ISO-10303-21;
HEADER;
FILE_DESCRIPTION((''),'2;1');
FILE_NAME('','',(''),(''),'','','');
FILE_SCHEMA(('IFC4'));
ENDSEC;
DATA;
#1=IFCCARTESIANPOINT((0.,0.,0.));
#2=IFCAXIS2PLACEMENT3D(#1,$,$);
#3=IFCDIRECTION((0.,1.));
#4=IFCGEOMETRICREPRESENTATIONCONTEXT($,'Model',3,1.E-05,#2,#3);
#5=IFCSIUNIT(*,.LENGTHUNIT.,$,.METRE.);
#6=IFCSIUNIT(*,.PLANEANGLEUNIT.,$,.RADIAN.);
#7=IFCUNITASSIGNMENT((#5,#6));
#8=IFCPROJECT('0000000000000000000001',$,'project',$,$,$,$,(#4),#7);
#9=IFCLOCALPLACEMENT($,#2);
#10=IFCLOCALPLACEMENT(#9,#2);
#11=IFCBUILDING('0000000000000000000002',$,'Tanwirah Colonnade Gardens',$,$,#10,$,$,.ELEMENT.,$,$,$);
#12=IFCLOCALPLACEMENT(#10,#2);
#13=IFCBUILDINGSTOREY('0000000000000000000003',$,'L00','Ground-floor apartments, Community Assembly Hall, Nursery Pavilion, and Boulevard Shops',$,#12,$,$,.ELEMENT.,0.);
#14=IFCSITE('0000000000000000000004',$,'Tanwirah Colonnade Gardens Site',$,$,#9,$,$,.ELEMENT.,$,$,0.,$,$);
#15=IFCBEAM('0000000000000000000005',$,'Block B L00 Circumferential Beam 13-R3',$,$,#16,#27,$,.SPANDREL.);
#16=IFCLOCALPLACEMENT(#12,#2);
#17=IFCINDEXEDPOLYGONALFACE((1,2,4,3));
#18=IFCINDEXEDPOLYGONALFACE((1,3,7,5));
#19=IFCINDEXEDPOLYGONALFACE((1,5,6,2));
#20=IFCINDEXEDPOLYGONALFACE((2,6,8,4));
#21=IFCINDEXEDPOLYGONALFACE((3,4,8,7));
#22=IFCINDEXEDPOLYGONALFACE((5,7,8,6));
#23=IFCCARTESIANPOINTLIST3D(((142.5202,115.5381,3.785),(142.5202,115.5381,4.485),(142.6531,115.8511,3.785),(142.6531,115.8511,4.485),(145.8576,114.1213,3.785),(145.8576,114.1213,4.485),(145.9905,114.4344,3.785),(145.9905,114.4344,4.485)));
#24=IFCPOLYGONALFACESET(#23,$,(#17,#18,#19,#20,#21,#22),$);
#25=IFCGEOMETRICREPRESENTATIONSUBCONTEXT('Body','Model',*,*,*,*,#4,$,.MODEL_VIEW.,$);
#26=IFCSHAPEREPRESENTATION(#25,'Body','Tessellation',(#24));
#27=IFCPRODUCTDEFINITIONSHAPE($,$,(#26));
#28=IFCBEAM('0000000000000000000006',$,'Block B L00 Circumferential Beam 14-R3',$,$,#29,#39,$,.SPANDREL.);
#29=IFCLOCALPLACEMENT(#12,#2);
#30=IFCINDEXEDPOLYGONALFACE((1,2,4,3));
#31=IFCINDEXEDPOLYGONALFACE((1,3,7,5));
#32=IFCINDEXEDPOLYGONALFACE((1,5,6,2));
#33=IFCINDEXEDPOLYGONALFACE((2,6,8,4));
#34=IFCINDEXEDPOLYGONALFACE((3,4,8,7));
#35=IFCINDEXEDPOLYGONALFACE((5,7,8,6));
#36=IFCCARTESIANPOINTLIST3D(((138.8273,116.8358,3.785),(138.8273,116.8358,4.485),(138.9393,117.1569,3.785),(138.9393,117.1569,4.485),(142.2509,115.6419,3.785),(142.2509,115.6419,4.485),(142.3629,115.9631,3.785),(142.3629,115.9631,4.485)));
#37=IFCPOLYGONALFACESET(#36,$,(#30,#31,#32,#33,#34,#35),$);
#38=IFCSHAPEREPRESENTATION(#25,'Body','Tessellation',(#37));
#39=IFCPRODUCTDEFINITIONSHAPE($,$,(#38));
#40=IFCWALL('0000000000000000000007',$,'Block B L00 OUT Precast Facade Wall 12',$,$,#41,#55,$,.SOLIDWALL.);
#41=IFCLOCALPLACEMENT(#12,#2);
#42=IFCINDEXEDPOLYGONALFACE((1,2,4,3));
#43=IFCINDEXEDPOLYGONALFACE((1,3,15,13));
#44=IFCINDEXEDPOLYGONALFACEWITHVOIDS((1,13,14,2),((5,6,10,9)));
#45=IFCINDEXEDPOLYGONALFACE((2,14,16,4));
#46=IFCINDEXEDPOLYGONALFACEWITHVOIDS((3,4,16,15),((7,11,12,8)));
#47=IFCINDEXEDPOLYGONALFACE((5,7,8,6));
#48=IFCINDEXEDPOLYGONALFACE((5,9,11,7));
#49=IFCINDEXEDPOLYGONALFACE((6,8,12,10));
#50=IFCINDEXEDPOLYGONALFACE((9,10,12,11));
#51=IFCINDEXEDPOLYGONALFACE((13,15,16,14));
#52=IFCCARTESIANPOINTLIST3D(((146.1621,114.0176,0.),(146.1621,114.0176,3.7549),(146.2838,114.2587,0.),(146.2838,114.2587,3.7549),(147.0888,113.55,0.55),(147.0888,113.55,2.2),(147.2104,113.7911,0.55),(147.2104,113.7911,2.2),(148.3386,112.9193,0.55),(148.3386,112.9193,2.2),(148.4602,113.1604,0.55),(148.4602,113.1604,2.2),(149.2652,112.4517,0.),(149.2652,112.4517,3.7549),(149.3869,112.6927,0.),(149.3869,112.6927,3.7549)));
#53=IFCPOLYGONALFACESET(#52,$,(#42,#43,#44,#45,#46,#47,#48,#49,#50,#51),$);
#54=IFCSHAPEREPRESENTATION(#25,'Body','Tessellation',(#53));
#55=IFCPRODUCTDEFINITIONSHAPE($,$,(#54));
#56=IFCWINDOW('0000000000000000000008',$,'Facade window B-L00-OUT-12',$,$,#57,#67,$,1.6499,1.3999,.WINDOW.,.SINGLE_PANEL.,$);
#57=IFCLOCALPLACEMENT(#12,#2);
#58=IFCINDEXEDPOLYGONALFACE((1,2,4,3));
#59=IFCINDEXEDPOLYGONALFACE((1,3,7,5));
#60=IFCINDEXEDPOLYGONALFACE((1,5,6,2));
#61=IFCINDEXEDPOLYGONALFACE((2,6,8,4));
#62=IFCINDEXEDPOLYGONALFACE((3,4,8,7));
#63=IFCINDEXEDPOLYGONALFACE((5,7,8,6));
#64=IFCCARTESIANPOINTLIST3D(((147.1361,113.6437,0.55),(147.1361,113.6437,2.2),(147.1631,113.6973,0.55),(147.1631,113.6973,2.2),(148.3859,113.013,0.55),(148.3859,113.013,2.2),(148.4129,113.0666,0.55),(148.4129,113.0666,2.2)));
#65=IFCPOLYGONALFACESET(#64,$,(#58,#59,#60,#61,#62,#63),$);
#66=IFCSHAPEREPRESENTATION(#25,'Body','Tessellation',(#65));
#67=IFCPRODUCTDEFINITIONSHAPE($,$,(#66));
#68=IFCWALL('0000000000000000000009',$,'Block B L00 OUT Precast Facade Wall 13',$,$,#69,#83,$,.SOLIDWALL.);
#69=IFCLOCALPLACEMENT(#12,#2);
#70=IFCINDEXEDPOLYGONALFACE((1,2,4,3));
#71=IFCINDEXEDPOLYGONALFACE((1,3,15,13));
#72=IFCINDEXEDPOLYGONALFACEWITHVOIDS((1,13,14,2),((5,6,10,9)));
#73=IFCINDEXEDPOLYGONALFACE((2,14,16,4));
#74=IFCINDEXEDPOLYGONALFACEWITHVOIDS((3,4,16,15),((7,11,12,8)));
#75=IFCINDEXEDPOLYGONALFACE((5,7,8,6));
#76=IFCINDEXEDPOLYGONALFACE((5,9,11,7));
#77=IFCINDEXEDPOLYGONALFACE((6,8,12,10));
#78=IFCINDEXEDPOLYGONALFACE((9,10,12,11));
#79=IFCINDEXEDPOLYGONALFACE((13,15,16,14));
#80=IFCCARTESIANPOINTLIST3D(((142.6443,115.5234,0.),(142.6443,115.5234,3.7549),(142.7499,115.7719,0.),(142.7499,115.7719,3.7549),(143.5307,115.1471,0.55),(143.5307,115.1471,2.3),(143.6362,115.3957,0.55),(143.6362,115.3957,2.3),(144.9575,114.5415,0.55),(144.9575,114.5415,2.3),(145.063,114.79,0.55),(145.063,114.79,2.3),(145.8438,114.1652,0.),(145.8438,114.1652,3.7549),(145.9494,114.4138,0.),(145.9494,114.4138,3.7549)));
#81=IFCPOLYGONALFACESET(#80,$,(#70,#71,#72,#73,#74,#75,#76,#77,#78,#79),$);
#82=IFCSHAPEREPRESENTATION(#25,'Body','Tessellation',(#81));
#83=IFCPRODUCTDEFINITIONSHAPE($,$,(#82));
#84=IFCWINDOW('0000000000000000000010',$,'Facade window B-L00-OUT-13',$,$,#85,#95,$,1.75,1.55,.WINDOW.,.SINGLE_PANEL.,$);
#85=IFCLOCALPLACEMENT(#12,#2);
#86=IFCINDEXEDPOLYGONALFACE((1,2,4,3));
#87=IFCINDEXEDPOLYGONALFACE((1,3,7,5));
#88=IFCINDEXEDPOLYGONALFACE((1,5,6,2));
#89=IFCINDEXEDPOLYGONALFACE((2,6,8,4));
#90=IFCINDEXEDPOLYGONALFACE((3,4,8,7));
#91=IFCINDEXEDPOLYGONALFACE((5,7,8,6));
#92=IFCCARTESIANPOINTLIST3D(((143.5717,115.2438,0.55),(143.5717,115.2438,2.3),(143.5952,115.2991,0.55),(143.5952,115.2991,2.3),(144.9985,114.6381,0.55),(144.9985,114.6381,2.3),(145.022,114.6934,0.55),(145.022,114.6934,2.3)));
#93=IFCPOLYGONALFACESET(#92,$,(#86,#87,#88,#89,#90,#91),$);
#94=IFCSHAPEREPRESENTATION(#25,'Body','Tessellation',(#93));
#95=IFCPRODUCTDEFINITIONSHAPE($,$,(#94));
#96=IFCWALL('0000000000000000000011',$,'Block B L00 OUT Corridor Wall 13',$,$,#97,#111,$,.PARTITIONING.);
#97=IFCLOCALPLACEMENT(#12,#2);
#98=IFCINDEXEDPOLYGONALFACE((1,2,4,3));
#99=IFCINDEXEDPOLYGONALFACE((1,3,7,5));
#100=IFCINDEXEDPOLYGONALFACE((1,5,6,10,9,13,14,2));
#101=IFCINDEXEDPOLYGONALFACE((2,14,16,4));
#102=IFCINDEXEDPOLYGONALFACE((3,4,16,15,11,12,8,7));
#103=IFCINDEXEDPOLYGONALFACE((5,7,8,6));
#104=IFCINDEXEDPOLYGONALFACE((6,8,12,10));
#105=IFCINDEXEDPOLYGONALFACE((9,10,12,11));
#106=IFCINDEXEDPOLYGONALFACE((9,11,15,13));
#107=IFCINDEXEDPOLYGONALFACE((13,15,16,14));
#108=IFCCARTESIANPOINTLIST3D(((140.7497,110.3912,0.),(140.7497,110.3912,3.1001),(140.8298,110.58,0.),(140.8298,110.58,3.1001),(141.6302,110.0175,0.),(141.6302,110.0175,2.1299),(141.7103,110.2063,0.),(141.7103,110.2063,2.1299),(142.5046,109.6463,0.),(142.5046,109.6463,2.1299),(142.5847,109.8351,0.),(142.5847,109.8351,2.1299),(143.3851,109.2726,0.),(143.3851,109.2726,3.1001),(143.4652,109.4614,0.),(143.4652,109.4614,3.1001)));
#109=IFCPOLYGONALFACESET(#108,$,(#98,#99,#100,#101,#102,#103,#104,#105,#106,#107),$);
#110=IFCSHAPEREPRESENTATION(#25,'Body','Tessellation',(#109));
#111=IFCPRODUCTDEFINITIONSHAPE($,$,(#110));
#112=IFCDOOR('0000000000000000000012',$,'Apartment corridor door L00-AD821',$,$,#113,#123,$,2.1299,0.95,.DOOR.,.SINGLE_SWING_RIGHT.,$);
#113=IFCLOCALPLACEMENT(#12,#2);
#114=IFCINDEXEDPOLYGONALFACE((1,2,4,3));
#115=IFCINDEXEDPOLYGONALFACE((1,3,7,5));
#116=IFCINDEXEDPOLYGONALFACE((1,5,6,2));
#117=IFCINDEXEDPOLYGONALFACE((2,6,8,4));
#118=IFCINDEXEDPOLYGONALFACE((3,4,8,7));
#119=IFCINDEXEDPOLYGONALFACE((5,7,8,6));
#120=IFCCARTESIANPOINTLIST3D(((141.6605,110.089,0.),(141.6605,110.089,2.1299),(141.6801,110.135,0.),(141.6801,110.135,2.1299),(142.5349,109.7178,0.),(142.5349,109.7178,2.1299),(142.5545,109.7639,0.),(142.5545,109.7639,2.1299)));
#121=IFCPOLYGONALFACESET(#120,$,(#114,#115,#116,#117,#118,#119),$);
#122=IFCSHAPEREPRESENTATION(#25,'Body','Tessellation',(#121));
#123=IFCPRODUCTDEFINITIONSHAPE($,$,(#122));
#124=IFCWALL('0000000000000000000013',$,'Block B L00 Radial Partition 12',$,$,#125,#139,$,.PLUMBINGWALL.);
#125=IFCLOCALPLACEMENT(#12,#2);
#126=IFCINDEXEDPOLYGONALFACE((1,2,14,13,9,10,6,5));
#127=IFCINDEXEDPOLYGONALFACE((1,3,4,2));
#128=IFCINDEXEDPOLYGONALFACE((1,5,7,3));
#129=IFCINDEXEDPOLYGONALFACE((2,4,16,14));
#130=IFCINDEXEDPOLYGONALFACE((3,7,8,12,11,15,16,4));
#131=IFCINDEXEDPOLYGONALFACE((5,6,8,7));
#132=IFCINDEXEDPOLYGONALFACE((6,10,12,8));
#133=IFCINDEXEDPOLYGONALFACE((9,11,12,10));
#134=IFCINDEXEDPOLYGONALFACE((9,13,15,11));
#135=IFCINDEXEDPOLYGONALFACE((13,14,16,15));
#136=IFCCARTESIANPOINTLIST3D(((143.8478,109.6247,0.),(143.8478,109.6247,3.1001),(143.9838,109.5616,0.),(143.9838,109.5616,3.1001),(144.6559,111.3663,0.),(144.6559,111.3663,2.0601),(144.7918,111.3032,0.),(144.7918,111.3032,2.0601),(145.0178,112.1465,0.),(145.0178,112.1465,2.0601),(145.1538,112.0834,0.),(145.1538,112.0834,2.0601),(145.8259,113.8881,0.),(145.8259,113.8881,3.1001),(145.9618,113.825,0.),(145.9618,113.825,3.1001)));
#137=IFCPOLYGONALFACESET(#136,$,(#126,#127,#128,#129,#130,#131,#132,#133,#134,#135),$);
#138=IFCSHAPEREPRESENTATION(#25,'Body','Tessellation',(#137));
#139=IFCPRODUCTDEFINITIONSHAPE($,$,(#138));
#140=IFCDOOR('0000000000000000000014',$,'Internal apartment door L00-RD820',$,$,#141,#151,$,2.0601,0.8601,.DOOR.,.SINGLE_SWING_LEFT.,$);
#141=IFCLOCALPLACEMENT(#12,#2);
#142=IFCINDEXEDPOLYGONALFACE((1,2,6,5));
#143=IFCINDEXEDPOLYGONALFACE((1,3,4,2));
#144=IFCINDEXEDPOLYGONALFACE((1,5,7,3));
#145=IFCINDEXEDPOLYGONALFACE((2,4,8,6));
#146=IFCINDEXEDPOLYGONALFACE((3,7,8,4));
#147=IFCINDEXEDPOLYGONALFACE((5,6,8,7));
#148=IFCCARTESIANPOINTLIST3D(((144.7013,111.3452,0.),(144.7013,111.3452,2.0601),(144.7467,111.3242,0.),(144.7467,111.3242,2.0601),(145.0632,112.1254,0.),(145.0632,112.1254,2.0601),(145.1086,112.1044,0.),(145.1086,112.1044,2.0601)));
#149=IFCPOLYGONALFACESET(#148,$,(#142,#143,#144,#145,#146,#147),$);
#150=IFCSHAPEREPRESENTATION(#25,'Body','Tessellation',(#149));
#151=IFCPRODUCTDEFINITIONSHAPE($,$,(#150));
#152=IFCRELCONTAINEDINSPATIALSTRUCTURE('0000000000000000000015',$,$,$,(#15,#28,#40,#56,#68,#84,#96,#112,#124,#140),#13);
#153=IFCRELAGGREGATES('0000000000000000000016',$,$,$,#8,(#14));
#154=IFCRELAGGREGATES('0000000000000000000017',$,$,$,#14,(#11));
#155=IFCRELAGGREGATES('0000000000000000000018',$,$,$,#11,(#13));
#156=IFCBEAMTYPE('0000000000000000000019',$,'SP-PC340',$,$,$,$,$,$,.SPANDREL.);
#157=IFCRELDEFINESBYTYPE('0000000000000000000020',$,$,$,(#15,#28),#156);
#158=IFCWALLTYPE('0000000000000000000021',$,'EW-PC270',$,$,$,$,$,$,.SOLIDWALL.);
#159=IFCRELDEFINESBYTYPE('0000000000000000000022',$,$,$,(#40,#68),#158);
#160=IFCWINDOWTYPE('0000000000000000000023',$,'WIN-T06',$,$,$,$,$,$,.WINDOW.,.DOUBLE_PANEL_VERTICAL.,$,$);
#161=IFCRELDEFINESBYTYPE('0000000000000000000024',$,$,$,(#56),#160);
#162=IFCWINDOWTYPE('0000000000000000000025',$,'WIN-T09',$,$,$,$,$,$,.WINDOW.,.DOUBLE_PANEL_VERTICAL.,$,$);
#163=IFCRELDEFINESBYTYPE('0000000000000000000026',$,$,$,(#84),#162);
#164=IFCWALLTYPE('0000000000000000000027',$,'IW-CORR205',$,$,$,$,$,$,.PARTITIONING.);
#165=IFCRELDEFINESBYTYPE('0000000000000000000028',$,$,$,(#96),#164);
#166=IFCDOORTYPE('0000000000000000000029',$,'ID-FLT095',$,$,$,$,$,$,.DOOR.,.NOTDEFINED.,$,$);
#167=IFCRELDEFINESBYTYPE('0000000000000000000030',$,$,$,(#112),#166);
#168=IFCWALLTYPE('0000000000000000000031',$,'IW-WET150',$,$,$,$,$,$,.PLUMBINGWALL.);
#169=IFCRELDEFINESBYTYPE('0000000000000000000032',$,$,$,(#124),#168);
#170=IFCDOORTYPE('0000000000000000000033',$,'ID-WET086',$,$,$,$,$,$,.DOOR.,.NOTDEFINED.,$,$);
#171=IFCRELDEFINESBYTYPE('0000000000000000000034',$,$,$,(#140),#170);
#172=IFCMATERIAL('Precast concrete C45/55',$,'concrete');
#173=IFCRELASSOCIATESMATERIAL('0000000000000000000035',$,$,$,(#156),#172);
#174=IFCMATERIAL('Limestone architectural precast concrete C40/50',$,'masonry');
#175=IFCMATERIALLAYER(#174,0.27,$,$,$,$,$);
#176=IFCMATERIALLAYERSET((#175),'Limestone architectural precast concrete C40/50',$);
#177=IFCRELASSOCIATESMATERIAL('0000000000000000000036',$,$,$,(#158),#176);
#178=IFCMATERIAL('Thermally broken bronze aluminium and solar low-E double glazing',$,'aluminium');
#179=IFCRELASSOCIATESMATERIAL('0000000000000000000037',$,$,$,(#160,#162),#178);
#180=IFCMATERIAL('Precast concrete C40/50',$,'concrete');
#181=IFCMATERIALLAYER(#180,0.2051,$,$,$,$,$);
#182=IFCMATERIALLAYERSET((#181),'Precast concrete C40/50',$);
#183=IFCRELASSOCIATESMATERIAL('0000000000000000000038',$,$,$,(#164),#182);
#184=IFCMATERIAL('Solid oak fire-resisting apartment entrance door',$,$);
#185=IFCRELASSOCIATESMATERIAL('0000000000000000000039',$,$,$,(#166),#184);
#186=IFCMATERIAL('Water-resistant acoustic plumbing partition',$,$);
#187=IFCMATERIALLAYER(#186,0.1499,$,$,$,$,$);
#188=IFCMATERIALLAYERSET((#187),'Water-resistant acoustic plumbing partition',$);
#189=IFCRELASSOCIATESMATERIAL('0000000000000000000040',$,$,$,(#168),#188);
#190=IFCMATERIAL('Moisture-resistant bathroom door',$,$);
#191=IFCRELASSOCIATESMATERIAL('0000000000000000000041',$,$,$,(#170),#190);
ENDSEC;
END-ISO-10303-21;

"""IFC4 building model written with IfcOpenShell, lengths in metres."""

from ifc_helpers import new_model, si_unit, direction, frame, frame_2d, origin, origin_2d, place, context, subcontext, project, spatial, rectangle, extrude, material, layer, layer_set, material_profile, profile_set, type_object, element, fill, save


model = new_model("IFC4")

# Units and contexts
model_context = context("Model", 3, precision=1e-05, world=origin(), true_north=direction((0.0, 1.0)))
body_context = subcontext(model_context, "Body", "Model", "MODEL_VIEW")
ifc_project = project(units=[si_unit("LENGTHUNIT", "METRE"), si_unit("PLANEANGLEUNIT", "RADIAN")], contexts=[model_context])

# Site, building, storey
site_placement = place(None, origin())
site = spatial("IfcSite", under=ifc_project, at=site_placement, Name="Tanwirah Colonnade Gardens Site", CompositionType="ELEMENT", RefElevation=0.0)
building_placement = place(site_placement, origin())
building = spatial("IfcBuilding", under=site, at=building_placement, Name="Tanwirah Colonnade Gardens", CompositionType="ELEMENT")
storey_placement = place(building_placement, origin())
storey = spatial("IfcBuildingStorey", under=building, at=storey_placement, Name="L00", Description="Ground-floor apartments, Community Assembly Hall, Nursery Pavilion, and Boulevard Shops", CompositionType="ELEMENT", Elevation=0.0)

# Shared definitions
ifc_material_1 = material(Name="Precast concrete C45/55", Category="concrete")

# Shared definitions
ifc_material_2 = material(Name="Precast concrete C40/50", Category="concrete")

# Beams
ifc_material_profile_1 = material_profile(ifc_material_1, rectangle(XDim=0.3401, YDim=0.7, at=origin_2d()), Name="PC-SP 340x700")
ifc_profile_set_1 = profile_set([ifc_material_profile_1], Name="Precast concrete C45/55")
beam_type_1 = type_object("IfcBeamType", Name="SP-PC340", PredefinedType="SPANDREL", material=ifc_profile_set_1)
for number, where, z_axis, x_axis, name in (
    (1, (145.9241, 114.2778, 4.135), (-0.920494, 0.390756, 0.0), (-0.390756, -0.920494, 0.0), "Block B L00 Circumferential Beam 13-R3"),
    (2, (142.3069, 115.8025, 4.135), (-0.944237, 0.329267, 0.0), (-0.329267, -0.944237, 0.0), "Block B L00 Circumferential Beam 14-R3"),
):
    element("IfcBeam", number, at=place(storey_placement, frame(where, z_axis=z_axis, x_axis=x_axis)), inside=storey, type_object=beam_type_1, Name=name, PredefinedType="SPANDREL", context=body_context, shape_type="SweptSolid", body=[
        extrude(rectangle(XDim=0.3401, YDim=0.7, at=origin_2d()), origin(), (0.0, 0.0, 1.0), 3.6257),
    ])

# Walls, openings, windows
ifc_material_3 = material(Name="Limestone architectural precast concrete C40/50", Category="masonry")
ifc_layer_1 = layer(ifc_material_3, 0.27)
ifc_layer_set_1 = layer_set([ifc_layer_1], Name="Limestone architectural precast concrete C40/50")
wall_type_1 = type_object("IfcWallType", Name="EW-PC270", PredefinedType="SOLIDWALL", material=ifc_layer_set_1)
wall_1_placement = place(storey_placement, frame((149.3259, 112.5723, 0.0), z_axis=(0.0, 0.0, 1.0), x_axis=(-0.892763, 0.450526, 0.0)))
wall_1 = element("IfcWall", 3, at=wall_1_placement, inside=storey, type_object=wall_type_1, Name="Block B L00 OUT Precast Facade Wall 12", PredefinedType="SOLIDWALL", context=body_context, shape_type="SweptSolid", body=[
    extrude(rectangle(XDim=3.4758, YDim=0.27, at=frame_2d((1.7378, 0.0))), origin(), (0.0, 0.0, 1.0), 3.7549),
])
opening_1_placement = place(wall_1_placement, frame((1.0378, 0.0, 0.55)))
opening_1 = element("IfcOpeningElement", 4, at=opening_1_placement, cuts=wall_1, PredefinedType="OPENING", context=body_context, shape_type="SweptSolid", body=[
    extrude(rectangle(XDim=1.3999, YDim=1.6499, at=frame_2d((0.7, 0.825))), frame((0.0, 0.145, 0.0), z_axis=(0.0, -1.0, 0.0), x_axis=(1.0, 0.0, 0.0)), (0.0, 0.0, 1.0), 0.29),
])
ifc_material_4 = material(Name="Thermally broken bronze aluminium and solar low-E double glazing", Category="aluminium")
window_type_1 = type_object("IfcWindowType", Name="WIN-T06", PartitioningType="DOUBLE_PANEL_VERTICAL", PredefinedType="WINDOW", material=ifc_material_4)
window_1_placement = place(opening_1_placement, origin())
window_1 = element("IfcWindow", 5, at=window_1_placement, inside=storey, type_object=window_type_1, Name="Facade window B-L00-OUT-12", OverallHeight=1.6499, OverallWidth=1.3999, PartitioningType="SINGLE_PANEL", PredefinedType="WINDOW", context=body_context, shape_type="SweptSolid", body=[
    extrude(rectangle(XDim=1.3999, YDim=1.6499, at=frame_2d((0.7, 0.825))), frame((0.0, 0.03, 0.0), z_axis=(0.0, -1.0, 0.0), x_axis=(1.0, 0.0, 0.0)), (0.0, 0.0, 1.0), 0.0601),
])
fill(opening_1, window_1)
wall_2_placement = place(storey_placement, frame((145.8965, 114.2896, 0.0), z_axis=(0.0, 0.0, 1.0), x_axis=(-0.920498, 0.390746, 0.0)))
wall_2 = element("IfcWall", 6, at=wall_2_placement, inside=storey, type_object=wall_type_1, Name="Block B L00 OUT Precast Facade Wall 13", PredefinedType="SOLIDWALL", context=body_context, shape_type="SweptSolid", body=[
    extrude(rectangle(XDim=3.4758, YDim=0.27, at=frame_2d((1.7378, 0.0))), origin(), (0.0, 0.0, 1.0), 3.7549),
])
opening_2_placement = place(wall_2_placement, frame((0.9629, 0.0, 0.55)))
opening_2 = element("IfcOpeningElement", 7, at=opening_2_placement, cuts=wall_2, PredefinedType="OPENING", context=body_context, shape_type="SweptSolid", body=[
    extrude(rectangle(XDim=1.55, YDim=1.75, at=frame_2d((0.7749, 0.875))), frame((0.0, 0.145, 0.0), z_axis=(0.0, -1.0, 0.0), x_axis=(1.0, 0.0, 0.0)), (0.0, 0.0, 1.0), 0.29),
])
window_type_2 = type_object("IfcWindowType", Name="WIN-T09", PartitioningType="DOUBLE_PANEL_VERTICAL", PredefinedType="WINDOW", material=ifc_material_4)
window_2_placement = place(opening_2_placement, origin())
window_2 = element("IfcWindow", 8, at=window_2_placement, inside=storey, type_object=window_type_2, Name="Facade window B-L00-OUT-13", OverallHeight=1.75, OverallWidth=1.55, PartitioningType="SINGLE_PANEL", PredefinedType="WINDOW", context=body_context, shape_type="SweptSolid", body=[
    extrude(rectangle(XDim=1.55, YDim=1.75, at=frame_2d((0.7749, 0.875))), frame((0.0, 0.03, 0.0), z_axis=(0.0, -1.0, 0.0), x_axis=(1.0, 0.0, 0.0)), (0.0, 0.0, 1.0), 0.0601),
])
fill(opening_2, window_2)

# Walls, openings, doors
ifc_layer_2 = layer(ifc_material_2, 0.2051)
ifc_layer_set_2 = layer_set([ifc_layer_2], Name="Precast concrete C40/50")
wall_type_2 = type_object("IfcWallType", Name="IW-CORR205", PredefinedType="PARTITIONING", material=ifc_layer_set_2)
ifc_material_5 = material(Name="Solid oak fire-resisting apartment entrance door")
wall_3_placement = place(storey_placement, frame((143.4253, 109.3669, 0.0), z_axis=(0.0, 0.0, 1.0), x_axis=(-0.920511, 0.390716, 0.0)))
wall_3 = element("IfcWall", 9, at=wall_3_placement, inside=storey, type_object=wall_type_2, Name="Block B L00 OUT Corridor Wall 13", PredefinedType="PARTITIONING", context=body_context, shape_type="SweptSolid", body=[
    extrude(rectangle(XDim=2.863, YDim=0.2051, at=frame_2d((1.4316, 0.0))), origin(), (0.0, 0.0, 1.0), 3.1001),
])
opening_3_placement = place(wall_3_placement, frame((0.9565, 0.0, 0.0)))
opening_3 = element("IfcOpeningElement", 10, at=opening_3_placement, cuts=wall_3, PredefinedType="OPENING", context=body_context, shape_type="SweptSolid", body=[
    extrude(rectangle(XDim=0.95, YDim=2.1299, at=frame_2d((0.4751, 1.0649))), frame((0.0, 0.1125, 0.0), z_axis=(0.0, -1.0, 0.0), x_axis=(1.0, 0.0, 0.0)), (0.0, 0.0, 1.0), 0.2251),
])
door_type_1 = type_object("IfcDoorType", Name="ID-FLT095", OperationType="NOTDEFINED", PredefinedType="DOOR", material=ifc_material_5)
door_1_placement = place(opening_3_placement, origin())
door_1 = element("IfcDoor", 11, at=door_1_placement, inside=storey, type_object=door_type_1, Name="Apartment corridor door L00-AD821", OperationType="SINGLE_SWING_RIGHT", OverallHeight=2.1299, OverallWidth=0.95, PredefinedType="DOOR", context=body_context, shape_type="SweptSolid", body=[
    extrude(rectangle(XDim=0.95, YDim=2.1299, at=frame_2d((0.4751, 1.0649))), frame((0.0, 0.0249, 0.0), z_axis=(0.0, -1.0, 0.0), x_axis=(1.0, 0.0, 0.0)), (0.0, 0.0, 1.0), 0.05),
])
fill(opening_3, door_1)
ifc_material_6 = material(Name="Water-resistant acoustic plumbing partition")
ifc_layer_3 = layer(ifc_material_6, 0.1499)
ifc_layer_set_3 = layer_set([ifc_layer_3], Name="Water-resistant acoustic plumbing partition")
wall_type_3 = type_object("IfcWallType", Name="IW-WET150", PredefinedType="PLUMBINGWALL", material=ifc_layer_set_3)
wall_4_placement = place(storey_placement, frame((143.9158, 109.593, 0.0), z_axis=(0.0, 0.0, 1.0), x_axis=(0.420863, 0.907124, 0.0)))
wall_4 = element("IfcWall", 12, at=wall_4_placement, inside=storey, type_object=wall_type_3, Name="Block B L00 Radial Partition 12", PredefinedType="PLUMBINGWALL", context=body_context, shape_type="SweptSolid", body=[
    extrude(rectangle(XDim=4.7, YDim=0.1499, at=frame_2d((2.3501, 0.0))), origin(), (0.0, 0.0, 1.0), 3.1001),
])
opening_4_placement = place(wall_4_placement, frame((1.9199, 0.0, 0.0)))
opening_4 = element("IfcOpeningElement", 13, at=opening_4_placement, cuts=wall_4, PredefinedType="OPENING", context=body_context, shape_type="SweptSolid", body=[
    extrude(rectangle(XDim=0.8601, YDim=2.0601, at=frame_2d((0.4302, 1.03))), frame((0.0, 0.085, 0.0), z_axis=(0.0, -1.0, 0.0), x_axis=(1.0, 0.0, 0.0)), (0.0, 0.0, 1.0), 0.1699),
])
ifc_material_7 = material(Name="Moisture-resistant bathroom door")
door_type_2 = type_object("IfcDoorType", Name="ID-WET086", OperationType="NOTDEFINED", PredefinedType="DOOR", material=ifc_material_7)
door_2_placement = place(opening_4_placement, origin())
door_2 = element("IfcDoor", 14, at=door_2_placement, inside=storey, type_object=door_type_2, Name="Internal apartment door L00-RD820", OperationType="SINGLE_SWING_LEFT", OverallHeight=2.0601, OverallWidth=0.8601, PredefinedType="DOOR", context=body_context, shape_type="SweptSolid", body=[
    extrude(rectangle(XDim=0.8601, YDim=2.0601, at=frame_2d((0.4302, 1.03))), frame((0.0, 0.0249, 0.0), z_axis=(0.0, -1.0, 0.0), x_axis=(1.0, 0.0, 0.0)), (0.0, 0.0, 1.0), 0.05),
])
fill(opening_4, door_2)

save(model, "model.ifc")
